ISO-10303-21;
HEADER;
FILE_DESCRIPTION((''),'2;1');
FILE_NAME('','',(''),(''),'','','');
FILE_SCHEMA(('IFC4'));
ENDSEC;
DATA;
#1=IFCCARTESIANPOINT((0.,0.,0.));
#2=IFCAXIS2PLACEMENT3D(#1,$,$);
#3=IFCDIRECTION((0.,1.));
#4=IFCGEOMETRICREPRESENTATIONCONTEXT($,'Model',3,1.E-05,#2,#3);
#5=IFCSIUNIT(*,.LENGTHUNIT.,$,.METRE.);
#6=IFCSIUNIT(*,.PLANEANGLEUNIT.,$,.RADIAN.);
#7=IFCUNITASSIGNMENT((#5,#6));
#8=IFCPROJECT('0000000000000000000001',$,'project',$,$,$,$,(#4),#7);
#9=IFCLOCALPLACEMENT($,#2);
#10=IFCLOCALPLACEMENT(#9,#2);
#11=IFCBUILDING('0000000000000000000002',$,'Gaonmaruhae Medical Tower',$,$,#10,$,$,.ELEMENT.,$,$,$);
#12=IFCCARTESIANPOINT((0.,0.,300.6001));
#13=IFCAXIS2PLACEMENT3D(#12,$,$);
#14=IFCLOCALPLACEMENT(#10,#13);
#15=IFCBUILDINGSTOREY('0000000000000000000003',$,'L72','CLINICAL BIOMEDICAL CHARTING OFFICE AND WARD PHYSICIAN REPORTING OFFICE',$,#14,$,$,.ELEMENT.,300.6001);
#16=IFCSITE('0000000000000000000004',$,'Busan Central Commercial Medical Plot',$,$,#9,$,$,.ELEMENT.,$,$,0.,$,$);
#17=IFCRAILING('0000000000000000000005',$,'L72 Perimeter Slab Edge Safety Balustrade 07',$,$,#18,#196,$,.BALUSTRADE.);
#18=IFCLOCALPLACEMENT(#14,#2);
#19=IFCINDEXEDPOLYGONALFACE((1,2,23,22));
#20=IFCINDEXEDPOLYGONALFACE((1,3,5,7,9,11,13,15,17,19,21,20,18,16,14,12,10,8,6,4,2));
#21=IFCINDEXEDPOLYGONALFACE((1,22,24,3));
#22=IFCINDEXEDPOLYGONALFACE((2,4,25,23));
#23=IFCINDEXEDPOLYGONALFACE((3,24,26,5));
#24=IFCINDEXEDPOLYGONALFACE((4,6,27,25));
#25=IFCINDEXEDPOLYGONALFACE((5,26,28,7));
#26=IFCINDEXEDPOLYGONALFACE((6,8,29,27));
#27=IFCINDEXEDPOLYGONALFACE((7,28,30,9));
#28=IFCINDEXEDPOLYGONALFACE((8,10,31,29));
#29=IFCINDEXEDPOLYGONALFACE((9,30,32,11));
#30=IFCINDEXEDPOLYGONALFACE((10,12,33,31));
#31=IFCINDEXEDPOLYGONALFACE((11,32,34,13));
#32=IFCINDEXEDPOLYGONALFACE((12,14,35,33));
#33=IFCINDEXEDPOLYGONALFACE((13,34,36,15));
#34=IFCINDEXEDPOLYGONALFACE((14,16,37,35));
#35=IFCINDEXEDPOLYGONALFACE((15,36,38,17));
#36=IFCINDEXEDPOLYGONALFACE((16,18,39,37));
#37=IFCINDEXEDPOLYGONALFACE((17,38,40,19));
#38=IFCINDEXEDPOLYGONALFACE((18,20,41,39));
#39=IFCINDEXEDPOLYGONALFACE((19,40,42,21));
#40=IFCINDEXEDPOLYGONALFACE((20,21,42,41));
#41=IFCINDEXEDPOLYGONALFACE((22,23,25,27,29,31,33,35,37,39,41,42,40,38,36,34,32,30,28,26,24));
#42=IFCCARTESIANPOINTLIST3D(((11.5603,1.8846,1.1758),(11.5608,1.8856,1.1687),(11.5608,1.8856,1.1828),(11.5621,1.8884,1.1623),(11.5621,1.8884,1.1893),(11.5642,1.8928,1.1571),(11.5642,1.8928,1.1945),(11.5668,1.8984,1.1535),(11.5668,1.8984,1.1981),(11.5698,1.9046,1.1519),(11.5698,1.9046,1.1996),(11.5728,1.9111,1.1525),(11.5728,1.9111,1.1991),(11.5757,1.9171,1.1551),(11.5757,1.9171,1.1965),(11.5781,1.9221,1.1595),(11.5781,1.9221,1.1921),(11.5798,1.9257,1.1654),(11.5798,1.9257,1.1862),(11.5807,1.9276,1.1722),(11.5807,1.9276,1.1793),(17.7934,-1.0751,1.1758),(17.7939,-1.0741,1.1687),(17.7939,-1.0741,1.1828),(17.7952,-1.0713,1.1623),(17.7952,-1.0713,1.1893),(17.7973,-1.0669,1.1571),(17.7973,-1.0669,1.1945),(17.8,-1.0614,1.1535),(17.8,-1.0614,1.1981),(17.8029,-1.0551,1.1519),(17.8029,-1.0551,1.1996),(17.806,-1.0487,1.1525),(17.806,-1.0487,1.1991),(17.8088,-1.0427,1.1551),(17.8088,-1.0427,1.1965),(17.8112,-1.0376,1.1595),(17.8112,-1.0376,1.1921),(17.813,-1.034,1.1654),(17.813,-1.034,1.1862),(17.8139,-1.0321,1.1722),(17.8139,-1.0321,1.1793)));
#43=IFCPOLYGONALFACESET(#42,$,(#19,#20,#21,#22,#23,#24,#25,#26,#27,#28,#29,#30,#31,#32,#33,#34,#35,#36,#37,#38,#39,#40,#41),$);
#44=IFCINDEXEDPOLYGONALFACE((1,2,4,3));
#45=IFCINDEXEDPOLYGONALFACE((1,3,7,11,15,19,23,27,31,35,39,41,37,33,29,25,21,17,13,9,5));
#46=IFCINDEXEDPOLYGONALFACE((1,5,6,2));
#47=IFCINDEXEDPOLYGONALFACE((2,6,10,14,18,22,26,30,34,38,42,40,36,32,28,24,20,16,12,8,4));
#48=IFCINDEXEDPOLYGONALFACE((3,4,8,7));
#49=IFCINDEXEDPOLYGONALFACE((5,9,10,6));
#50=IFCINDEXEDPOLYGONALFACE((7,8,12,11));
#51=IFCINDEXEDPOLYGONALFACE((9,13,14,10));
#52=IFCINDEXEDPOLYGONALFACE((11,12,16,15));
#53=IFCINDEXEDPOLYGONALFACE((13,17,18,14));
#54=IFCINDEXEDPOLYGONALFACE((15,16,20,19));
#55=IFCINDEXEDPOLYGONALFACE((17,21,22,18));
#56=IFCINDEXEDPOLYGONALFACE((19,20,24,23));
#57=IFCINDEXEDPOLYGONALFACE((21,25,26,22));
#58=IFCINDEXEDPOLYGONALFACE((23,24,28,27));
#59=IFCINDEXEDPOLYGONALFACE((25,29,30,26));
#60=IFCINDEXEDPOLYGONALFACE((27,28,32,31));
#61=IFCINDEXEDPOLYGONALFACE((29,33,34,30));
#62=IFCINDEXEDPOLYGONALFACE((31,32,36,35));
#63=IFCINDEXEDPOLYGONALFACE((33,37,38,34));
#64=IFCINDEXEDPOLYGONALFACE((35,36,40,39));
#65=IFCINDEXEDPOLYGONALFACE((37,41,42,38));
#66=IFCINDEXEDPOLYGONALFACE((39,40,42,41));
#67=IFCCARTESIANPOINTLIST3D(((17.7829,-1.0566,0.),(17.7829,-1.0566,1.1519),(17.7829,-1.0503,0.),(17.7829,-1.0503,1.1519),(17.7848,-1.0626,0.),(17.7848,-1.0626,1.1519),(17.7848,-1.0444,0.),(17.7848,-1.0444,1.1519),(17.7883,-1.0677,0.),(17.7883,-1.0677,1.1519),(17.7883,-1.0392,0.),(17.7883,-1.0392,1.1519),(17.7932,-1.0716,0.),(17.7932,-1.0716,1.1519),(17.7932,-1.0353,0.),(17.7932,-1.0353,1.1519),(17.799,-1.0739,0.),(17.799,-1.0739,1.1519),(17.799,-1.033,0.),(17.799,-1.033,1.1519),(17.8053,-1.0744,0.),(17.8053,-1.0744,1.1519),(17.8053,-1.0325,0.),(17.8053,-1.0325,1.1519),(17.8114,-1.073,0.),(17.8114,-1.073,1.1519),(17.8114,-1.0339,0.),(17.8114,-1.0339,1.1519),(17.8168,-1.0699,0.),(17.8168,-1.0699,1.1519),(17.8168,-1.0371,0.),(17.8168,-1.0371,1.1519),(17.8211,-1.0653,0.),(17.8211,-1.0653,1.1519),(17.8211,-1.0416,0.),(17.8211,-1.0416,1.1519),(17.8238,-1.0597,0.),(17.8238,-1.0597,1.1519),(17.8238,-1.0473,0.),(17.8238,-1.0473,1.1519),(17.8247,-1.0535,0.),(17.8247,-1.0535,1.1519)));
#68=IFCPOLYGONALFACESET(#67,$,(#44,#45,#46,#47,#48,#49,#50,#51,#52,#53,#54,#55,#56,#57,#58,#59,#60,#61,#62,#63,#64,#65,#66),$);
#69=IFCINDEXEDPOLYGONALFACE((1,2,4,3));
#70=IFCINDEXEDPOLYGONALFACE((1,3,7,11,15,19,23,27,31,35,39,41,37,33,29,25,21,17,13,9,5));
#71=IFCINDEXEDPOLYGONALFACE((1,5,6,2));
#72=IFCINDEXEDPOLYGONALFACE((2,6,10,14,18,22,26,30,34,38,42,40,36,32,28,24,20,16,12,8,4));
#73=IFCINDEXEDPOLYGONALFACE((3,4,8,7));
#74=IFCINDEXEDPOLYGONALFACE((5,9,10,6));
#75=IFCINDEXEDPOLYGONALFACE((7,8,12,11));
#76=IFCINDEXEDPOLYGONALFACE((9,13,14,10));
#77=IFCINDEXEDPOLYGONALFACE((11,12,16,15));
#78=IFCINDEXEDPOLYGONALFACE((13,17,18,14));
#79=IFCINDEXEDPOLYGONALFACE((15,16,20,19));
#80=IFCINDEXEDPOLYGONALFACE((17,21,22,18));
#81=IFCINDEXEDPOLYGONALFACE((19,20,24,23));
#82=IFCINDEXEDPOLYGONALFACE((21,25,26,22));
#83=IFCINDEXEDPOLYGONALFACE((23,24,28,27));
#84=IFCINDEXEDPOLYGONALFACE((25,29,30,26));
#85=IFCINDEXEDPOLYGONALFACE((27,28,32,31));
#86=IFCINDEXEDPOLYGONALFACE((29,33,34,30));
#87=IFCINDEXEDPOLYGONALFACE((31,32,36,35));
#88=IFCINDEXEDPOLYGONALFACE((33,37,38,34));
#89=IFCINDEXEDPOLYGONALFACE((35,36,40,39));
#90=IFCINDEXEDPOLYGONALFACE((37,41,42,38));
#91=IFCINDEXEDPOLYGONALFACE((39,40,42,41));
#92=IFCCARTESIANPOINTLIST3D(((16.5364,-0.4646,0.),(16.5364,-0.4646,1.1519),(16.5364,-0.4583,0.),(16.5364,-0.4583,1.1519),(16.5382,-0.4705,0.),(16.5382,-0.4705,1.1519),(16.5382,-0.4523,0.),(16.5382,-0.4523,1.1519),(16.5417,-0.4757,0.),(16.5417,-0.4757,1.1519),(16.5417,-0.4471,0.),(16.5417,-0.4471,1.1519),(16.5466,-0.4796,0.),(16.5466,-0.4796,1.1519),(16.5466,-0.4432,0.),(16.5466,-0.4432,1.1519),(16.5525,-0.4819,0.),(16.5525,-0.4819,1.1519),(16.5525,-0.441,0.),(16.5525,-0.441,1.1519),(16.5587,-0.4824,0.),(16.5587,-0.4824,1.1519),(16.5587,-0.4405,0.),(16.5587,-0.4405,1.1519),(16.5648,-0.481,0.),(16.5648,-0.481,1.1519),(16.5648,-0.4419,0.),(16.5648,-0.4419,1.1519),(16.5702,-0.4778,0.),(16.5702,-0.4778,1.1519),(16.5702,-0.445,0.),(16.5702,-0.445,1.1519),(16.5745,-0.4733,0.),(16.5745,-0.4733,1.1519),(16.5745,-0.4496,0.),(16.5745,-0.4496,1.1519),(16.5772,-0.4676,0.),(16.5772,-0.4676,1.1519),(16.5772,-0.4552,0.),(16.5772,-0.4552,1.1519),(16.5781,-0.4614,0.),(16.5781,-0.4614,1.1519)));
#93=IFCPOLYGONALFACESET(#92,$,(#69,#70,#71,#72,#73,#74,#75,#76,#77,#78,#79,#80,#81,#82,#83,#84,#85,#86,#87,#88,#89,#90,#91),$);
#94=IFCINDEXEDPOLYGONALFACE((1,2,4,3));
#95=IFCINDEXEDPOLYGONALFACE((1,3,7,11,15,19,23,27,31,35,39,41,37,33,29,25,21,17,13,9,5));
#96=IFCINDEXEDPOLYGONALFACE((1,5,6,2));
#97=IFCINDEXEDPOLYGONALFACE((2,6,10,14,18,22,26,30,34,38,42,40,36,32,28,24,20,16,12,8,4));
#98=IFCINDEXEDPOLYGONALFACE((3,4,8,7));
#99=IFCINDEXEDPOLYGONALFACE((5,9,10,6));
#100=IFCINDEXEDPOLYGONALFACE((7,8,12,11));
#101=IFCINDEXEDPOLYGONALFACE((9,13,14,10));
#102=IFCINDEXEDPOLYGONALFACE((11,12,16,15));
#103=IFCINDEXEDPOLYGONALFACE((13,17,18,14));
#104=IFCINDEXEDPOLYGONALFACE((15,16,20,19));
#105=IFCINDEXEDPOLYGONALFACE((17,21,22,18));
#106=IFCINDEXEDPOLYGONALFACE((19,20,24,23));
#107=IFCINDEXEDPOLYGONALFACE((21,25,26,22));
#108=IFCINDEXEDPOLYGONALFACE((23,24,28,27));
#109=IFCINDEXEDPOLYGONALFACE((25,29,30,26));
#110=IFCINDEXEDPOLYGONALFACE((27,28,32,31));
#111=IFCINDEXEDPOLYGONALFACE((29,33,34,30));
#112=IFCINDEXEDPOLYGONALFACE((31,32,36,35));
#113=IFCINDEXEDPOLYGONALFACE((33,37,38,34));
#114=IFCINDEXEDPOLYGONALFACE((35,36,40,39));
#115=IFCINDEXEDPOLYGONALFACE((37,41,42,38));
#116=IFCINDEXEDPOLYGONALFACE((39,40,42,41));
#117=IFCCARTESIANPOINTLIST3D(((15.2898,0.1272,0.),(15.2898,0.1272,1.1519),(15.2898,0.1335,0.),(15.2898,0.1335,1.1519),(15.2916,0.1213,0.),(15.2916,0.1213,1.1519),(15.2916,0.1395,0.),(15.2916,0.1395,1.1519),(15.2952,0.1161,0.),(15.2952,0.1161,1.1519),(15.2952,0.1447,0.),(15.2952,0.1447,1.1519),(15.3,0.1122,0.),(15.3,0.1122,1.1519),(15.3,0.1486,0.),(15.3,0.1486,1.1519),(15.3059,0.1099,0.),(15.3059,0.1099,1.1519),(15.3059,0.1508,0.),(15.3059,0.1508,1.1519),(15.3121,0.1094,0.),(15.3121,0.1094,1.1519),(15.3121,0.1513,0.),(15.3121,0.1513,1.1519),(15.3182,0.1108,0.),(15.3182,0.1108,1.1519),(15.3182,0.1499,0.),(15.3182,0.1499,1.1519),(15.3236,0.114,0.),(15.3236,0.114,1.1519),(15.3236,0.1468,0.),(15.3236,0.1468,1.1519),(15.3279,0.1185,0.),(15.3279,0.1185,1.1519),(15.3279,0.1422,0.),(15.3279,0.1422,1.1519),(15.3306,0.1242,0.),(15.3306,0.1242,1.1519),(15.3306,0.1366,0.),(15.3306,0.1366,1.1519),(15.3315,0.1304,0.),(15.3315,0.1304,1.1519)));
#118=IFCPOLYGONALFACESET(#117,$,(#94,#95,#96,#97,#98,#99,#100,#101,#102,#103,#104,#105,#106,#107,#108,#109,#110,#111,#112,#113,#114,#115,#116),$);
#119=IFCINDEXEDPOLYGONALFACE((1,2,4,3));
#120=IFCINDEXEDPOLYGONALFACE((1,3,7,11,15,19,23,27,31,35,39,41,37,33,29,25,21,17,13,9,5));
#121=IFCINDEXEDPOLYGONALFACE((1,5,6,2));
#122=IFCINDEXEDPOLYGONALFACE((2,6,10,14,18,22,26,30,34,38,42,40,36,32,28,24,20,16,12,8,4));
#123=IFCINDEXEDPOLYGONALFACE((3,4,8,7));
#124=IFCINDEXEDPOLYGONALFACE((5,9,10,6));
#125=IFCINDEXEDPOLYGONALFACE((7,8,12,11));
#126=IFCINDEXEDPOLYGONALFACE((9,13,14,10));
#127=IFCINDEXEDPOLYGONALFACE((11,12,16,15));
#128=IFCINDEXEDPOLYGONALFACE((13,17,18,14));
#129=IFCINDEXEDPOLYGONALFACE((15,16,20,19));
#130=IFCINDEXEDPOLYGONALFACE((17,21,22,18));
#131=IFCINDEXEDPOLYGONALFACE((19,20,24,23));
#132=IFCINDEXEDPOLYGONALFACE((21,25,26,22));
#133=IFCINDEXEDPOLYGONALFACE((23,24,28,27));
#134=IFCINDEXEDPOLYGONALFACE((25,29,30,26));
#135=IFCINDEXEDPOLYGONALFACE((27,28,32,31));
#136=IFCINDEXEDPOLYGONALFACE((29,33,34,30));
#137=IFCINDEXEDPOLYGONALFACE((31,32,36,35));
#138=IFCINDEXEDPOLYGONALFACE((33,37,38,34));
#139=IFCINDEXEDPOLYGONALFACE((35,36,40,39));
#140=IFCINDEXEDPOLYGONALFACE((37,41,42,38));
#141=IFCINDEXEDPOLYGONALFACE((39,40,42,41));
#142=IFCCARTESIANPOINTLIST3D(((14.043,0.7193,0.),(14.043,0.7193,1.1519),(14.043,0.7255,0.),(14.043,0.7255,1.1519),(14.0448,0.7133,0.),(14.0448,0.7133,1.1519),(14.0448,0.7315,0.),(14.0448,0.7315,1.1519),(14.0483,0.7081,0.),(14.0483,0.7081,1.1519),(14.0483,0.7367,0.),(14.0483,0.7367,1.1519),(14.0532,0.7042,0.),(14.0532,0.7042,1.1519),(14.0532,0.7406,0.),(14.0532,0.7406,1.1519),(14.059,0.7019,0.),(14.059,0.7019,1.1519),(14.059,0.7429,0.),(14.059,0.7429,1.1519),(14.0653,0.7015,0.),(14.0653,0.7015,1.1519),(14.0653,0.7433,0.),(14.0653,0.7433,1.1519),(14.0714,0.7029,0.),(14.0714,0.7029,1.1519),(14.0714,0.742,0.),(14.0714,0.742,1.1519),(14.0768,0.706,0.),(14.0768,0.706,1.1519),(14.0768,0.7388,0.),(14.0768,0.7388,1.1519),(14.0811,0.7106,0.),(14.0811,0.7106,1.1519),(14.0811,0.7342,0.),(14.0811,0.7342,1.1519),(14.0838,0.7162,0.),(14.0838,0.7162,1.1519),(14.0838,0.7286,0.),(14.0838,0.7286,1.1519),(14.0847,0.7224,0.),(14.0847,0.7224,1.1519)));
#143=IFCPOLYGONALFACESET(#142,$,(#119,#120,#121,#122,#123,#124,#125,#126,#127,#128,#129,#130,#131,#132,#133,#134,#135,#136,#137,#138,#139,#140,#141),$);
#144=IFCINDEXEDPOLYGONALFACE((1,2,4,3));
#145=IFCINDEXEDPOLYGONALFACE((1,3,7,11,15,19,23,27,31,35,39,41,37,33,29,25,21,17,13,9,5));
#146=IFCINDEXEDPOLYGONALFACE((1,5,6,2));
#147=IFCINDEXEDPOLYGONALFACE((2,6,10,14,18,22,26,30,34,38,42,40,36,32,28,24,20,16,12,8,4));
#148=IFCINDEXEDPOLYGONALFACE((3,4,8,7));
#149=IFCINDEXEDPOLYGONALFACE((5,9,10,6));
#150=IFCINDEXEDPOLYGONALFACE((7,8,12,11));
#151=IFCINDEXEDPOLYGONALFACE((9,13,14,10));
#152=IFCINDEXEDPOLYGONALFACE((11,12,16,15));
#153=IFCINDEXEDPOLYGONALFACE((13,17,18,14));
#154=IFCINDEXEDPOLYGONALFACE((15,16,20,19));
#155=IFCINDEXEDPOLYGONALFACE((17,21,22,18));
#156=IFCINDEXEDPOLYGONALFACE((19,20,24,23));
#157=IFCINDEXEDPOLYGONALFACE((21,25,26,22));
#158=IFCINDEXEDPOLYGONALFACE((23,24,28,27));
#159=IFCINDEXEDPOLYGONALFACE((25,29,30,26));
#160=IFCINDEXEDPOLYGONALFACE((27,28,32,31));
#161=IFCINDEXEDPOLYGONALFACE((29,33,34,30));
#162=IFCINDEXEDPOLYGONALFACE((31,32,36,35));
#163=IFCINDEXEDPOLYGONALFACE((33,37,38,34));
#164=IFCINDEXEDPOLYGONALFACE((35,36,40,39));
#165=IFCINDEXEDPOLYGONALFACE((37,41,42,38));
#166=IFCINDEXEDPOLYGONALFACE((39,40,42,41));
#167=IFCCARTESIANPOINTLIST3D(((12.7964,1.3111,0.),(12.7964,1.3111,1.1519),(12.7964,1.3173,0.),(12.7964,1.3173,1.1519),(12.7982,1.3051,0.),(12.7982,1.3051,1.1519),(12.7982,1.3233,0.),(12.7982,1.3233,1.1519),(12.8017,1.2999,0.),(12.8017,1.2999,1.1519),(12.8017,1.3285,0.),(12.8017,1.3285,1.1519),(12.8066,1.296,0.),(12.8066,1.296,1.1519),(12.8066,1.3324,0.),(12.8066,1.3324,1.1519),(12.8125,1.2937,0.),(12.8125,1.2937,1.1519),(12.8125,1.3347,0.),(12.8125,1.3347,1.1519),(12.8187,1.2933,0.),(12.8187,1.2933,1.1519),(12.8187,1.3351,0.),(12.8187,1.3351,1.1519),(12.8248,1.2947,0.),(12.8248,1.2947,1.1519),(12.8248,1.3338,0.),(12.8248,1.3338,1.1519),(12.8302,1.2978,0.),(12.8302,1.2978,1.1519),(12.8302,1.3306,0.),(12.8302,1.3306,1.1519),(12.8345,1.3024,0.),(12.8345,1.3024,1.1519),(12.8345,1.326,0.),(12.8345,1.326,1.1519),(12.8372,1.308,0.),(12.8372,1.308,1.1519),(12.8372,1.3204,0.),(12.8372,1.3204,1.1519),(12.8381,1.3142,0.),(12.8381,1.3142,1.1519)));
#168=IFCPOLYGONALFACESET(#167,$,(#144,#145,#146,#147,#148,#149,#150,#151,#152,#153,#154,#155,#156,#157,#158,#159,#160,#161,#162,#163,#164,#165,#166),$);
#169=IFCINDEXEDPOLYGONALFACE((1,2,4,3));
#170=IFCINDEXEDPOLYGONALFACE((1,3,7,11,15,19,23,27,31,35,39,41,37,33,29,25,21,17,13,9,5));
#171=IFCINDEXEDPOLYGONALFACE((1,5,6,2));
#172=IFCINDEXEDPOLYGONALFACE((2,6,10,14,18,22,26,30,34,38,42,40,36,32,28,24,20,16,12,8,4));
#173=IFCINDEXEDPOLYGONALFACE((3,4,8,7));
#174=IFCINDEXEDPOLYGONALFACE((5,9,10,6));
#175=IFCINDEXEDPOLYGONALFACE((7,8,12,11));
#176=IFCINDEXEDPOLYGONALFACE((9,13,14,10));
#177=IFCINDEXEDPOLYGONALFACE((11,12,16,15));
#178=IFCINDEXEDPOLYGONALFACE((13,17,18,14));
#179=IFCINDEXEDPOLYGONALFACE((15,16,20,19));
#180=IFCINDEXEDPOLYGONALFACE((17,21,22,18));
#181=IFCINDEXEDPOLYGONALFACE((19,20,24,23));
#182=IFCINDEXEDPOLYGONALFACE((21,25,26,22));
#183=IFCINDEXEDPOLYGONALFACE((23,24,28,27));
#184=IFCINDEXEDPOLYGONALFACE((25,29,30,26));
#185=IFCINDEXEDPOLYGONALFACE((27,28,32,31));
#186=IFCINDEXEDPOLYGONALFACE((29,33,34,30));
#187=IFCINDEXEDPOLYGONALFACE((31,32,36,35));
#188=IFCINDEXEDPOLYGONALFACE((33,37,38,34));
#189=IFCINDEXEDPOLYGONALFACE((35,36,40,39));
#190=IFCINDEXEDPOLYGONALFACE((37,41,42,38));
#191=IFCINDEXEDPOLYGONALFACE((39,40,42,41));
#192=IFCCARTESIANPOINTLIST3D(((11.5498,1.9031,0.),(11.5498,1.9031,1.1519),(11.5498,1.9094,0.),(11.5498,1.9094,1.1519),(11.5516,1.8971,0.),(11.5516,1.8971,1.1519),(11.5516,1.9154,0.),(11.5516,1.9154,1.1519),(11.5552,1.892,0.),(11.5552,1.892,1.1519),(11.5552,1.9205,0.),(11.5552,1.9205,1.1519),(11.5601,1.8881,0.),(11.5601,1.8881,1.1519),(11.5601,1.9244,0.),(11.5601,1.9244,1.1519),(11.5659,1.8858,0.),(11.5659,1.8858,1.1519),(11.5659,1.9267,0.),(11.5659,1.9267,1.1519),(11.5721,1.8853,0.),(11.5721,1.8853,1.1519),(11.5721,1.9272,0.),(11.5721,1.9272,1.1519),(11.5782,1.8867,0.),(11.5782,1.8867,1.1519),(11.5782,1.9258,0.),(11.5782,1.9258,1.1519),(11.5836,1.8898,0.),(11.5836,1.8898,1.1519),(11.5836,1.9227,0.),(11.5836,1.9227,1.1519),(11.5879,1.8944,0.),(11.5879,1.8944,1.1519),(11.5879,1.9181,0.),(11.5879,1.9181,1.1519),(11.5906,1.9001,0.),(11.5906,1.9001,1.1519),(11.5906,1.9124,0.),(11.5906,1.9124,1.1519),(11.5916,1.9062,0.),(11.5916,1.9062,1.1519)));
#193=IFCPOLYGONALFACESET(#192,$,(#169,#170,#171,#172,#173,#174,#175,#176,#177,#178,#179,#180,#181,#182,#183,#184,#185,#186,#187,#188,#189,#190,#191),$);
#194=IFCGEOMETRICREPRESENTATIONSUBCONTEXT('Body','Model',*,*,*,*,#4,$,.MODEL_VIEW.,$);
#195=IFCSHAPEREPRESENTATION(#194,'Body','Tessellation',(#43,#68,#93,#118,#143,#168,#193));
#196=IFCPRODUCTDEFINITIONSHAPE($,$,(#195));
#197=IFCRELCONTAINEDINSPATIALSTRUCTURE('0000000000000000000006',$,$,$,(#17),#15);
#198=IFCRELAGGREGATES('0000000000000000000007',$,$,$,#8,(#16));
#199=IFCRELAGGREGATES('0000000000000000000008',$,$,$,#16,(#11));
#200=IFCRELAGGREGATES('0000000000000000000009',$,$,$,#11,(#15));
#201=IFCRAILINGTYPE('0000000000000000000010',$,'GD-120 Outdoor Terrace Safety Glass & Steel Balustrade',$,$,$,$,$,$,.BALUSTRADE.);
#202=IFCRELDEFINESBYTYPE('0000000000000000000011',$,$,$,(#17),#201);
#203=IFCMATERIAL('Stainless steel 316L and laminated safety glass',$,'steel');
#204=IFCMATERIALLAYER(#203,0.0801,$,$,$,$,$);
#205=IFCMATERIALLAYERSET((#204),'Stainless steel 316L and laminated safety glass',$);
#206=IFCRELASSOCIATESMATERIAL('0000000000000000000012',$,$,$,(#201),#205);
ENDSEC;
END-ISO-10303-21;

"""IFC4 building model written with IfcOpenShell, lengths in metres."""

from ifc_helpers import new_model, si_unit, direction, frame, origin, origin_2d, place, context, subcontext, project, spatial, circle, extrude, material, layer, layer_set, type_object, element, save


model = new_model("IFC4")

# Units and contexts
model_context = context("Model", 3, precision=1e-05, world=origin(), true_north=direction((0.0, 1.0)))
body_context = subcontext(model_context, "Body", "Model", "MODEL_VIEW")
ifc_project = project(units=[si_unit("LENGTHUNIT", "METRE"), si_unit("PLANEANGLEUNIT", "RADIAN")], contexts=[model_context])

# Site, building, storey
site_placement = place(None, origin())
site = spatial("IfcSite", under=ifc_project, at=site_placement, Name="Busan Central Commercial Medical Plot", CompositionType="ELEMENT", RefElevation=0.0)
building_placement = place(site_placement, origin())
building = spatial("IfcBuilding", under=site, at=building_placement, Name="Gaonmaruhae Medical Tower", CompositionType="ELEMENT")
storey_placement = place(building_placement, frame((0.0, 0.0, 300.6001)))
storey = spatial("IfcBuildingStorey", under=building, at=storey_placement, Name="L72", Description="CLINICAL BIOMEDICAL CHARTING OFFICE AND WARD PHYSICIAN REPORTING OFFICE", CompositionType="ELEMENT", Elevation=300.6001)

# Railing
ifc_material_1 = material(Name="Stainless steel 316L and laminated safety glass", Category="steel")
ifc_layer_1 = layer(ifc_material_1, 0.0801)
ifc_layer_set_1 = layer_set([ifc_layer_1], Name="Stainless steel 316L and laminated safety glass")
railing_type_1 = type_object("IfcRailingType", Name="GD-120 Outdoor Terrace Safety Glass & Steel Balustrade", PredefinedType="BALUSTRADE", material=ifc_layer_set_1)
railing_1_placement = place(storey_placement, frame((17.8037, -1.0535, 0.0)))
element("IfcRailing", 1, at=railing_1_placement, inside=storey, type_object=railing_type_1, Name="L72 Perimeter Slab Edge Safety Balustrade 07", PredefinedType="BALUSTRADE", context=body_context, shape_type="SweptSolid", body=[
    extrude(circle(Radius=0.0239, at=origin_2d()), frame((0.0, 0.0, 1.1758), z_axis=(-0.903335, 0.428935, 0.0), x_axis=(-0.428935, -0.903335, 0.0)), (0.0, 0.0, 1.0), 6.9001),
    extrude(circle(Radius=0.021, at=origin_2d()), origin(), (0.0, 0.0, 1.0), 1.1519),
    extrude(circle(Radius=0.021, at=origin_2d()), frame((-1.2466, 0.592, 0.0)), (0.0, 0.0, 1.0), 1.1519),
    extrude(circle(Radius=0.021, at=origin_2d()), frame((-2.4932, 1.1838, 0.0)), (0.0, 0.0, 1.0), 1.1519),
    extrude(circle(Radius=0.021, at=origin_2d()), frame((-3.74, 1.7759, 0.0)), (0.0, 0.0, 1.0), 1.1519),
    extrude(circle(Radius=0.021, at=origin_2d()), frame((-4.9866, 2.3677, 0.0)), (0.0, 0.0, 1.0), 1.1519),
    extrude(circle(Radius=0.021, at=origin_2d()), frame((-6.2332, 2.9597, 0.0)), (0.0, 0.0, 1.0), 1.1519),
])

save(model, "model.ifc")
